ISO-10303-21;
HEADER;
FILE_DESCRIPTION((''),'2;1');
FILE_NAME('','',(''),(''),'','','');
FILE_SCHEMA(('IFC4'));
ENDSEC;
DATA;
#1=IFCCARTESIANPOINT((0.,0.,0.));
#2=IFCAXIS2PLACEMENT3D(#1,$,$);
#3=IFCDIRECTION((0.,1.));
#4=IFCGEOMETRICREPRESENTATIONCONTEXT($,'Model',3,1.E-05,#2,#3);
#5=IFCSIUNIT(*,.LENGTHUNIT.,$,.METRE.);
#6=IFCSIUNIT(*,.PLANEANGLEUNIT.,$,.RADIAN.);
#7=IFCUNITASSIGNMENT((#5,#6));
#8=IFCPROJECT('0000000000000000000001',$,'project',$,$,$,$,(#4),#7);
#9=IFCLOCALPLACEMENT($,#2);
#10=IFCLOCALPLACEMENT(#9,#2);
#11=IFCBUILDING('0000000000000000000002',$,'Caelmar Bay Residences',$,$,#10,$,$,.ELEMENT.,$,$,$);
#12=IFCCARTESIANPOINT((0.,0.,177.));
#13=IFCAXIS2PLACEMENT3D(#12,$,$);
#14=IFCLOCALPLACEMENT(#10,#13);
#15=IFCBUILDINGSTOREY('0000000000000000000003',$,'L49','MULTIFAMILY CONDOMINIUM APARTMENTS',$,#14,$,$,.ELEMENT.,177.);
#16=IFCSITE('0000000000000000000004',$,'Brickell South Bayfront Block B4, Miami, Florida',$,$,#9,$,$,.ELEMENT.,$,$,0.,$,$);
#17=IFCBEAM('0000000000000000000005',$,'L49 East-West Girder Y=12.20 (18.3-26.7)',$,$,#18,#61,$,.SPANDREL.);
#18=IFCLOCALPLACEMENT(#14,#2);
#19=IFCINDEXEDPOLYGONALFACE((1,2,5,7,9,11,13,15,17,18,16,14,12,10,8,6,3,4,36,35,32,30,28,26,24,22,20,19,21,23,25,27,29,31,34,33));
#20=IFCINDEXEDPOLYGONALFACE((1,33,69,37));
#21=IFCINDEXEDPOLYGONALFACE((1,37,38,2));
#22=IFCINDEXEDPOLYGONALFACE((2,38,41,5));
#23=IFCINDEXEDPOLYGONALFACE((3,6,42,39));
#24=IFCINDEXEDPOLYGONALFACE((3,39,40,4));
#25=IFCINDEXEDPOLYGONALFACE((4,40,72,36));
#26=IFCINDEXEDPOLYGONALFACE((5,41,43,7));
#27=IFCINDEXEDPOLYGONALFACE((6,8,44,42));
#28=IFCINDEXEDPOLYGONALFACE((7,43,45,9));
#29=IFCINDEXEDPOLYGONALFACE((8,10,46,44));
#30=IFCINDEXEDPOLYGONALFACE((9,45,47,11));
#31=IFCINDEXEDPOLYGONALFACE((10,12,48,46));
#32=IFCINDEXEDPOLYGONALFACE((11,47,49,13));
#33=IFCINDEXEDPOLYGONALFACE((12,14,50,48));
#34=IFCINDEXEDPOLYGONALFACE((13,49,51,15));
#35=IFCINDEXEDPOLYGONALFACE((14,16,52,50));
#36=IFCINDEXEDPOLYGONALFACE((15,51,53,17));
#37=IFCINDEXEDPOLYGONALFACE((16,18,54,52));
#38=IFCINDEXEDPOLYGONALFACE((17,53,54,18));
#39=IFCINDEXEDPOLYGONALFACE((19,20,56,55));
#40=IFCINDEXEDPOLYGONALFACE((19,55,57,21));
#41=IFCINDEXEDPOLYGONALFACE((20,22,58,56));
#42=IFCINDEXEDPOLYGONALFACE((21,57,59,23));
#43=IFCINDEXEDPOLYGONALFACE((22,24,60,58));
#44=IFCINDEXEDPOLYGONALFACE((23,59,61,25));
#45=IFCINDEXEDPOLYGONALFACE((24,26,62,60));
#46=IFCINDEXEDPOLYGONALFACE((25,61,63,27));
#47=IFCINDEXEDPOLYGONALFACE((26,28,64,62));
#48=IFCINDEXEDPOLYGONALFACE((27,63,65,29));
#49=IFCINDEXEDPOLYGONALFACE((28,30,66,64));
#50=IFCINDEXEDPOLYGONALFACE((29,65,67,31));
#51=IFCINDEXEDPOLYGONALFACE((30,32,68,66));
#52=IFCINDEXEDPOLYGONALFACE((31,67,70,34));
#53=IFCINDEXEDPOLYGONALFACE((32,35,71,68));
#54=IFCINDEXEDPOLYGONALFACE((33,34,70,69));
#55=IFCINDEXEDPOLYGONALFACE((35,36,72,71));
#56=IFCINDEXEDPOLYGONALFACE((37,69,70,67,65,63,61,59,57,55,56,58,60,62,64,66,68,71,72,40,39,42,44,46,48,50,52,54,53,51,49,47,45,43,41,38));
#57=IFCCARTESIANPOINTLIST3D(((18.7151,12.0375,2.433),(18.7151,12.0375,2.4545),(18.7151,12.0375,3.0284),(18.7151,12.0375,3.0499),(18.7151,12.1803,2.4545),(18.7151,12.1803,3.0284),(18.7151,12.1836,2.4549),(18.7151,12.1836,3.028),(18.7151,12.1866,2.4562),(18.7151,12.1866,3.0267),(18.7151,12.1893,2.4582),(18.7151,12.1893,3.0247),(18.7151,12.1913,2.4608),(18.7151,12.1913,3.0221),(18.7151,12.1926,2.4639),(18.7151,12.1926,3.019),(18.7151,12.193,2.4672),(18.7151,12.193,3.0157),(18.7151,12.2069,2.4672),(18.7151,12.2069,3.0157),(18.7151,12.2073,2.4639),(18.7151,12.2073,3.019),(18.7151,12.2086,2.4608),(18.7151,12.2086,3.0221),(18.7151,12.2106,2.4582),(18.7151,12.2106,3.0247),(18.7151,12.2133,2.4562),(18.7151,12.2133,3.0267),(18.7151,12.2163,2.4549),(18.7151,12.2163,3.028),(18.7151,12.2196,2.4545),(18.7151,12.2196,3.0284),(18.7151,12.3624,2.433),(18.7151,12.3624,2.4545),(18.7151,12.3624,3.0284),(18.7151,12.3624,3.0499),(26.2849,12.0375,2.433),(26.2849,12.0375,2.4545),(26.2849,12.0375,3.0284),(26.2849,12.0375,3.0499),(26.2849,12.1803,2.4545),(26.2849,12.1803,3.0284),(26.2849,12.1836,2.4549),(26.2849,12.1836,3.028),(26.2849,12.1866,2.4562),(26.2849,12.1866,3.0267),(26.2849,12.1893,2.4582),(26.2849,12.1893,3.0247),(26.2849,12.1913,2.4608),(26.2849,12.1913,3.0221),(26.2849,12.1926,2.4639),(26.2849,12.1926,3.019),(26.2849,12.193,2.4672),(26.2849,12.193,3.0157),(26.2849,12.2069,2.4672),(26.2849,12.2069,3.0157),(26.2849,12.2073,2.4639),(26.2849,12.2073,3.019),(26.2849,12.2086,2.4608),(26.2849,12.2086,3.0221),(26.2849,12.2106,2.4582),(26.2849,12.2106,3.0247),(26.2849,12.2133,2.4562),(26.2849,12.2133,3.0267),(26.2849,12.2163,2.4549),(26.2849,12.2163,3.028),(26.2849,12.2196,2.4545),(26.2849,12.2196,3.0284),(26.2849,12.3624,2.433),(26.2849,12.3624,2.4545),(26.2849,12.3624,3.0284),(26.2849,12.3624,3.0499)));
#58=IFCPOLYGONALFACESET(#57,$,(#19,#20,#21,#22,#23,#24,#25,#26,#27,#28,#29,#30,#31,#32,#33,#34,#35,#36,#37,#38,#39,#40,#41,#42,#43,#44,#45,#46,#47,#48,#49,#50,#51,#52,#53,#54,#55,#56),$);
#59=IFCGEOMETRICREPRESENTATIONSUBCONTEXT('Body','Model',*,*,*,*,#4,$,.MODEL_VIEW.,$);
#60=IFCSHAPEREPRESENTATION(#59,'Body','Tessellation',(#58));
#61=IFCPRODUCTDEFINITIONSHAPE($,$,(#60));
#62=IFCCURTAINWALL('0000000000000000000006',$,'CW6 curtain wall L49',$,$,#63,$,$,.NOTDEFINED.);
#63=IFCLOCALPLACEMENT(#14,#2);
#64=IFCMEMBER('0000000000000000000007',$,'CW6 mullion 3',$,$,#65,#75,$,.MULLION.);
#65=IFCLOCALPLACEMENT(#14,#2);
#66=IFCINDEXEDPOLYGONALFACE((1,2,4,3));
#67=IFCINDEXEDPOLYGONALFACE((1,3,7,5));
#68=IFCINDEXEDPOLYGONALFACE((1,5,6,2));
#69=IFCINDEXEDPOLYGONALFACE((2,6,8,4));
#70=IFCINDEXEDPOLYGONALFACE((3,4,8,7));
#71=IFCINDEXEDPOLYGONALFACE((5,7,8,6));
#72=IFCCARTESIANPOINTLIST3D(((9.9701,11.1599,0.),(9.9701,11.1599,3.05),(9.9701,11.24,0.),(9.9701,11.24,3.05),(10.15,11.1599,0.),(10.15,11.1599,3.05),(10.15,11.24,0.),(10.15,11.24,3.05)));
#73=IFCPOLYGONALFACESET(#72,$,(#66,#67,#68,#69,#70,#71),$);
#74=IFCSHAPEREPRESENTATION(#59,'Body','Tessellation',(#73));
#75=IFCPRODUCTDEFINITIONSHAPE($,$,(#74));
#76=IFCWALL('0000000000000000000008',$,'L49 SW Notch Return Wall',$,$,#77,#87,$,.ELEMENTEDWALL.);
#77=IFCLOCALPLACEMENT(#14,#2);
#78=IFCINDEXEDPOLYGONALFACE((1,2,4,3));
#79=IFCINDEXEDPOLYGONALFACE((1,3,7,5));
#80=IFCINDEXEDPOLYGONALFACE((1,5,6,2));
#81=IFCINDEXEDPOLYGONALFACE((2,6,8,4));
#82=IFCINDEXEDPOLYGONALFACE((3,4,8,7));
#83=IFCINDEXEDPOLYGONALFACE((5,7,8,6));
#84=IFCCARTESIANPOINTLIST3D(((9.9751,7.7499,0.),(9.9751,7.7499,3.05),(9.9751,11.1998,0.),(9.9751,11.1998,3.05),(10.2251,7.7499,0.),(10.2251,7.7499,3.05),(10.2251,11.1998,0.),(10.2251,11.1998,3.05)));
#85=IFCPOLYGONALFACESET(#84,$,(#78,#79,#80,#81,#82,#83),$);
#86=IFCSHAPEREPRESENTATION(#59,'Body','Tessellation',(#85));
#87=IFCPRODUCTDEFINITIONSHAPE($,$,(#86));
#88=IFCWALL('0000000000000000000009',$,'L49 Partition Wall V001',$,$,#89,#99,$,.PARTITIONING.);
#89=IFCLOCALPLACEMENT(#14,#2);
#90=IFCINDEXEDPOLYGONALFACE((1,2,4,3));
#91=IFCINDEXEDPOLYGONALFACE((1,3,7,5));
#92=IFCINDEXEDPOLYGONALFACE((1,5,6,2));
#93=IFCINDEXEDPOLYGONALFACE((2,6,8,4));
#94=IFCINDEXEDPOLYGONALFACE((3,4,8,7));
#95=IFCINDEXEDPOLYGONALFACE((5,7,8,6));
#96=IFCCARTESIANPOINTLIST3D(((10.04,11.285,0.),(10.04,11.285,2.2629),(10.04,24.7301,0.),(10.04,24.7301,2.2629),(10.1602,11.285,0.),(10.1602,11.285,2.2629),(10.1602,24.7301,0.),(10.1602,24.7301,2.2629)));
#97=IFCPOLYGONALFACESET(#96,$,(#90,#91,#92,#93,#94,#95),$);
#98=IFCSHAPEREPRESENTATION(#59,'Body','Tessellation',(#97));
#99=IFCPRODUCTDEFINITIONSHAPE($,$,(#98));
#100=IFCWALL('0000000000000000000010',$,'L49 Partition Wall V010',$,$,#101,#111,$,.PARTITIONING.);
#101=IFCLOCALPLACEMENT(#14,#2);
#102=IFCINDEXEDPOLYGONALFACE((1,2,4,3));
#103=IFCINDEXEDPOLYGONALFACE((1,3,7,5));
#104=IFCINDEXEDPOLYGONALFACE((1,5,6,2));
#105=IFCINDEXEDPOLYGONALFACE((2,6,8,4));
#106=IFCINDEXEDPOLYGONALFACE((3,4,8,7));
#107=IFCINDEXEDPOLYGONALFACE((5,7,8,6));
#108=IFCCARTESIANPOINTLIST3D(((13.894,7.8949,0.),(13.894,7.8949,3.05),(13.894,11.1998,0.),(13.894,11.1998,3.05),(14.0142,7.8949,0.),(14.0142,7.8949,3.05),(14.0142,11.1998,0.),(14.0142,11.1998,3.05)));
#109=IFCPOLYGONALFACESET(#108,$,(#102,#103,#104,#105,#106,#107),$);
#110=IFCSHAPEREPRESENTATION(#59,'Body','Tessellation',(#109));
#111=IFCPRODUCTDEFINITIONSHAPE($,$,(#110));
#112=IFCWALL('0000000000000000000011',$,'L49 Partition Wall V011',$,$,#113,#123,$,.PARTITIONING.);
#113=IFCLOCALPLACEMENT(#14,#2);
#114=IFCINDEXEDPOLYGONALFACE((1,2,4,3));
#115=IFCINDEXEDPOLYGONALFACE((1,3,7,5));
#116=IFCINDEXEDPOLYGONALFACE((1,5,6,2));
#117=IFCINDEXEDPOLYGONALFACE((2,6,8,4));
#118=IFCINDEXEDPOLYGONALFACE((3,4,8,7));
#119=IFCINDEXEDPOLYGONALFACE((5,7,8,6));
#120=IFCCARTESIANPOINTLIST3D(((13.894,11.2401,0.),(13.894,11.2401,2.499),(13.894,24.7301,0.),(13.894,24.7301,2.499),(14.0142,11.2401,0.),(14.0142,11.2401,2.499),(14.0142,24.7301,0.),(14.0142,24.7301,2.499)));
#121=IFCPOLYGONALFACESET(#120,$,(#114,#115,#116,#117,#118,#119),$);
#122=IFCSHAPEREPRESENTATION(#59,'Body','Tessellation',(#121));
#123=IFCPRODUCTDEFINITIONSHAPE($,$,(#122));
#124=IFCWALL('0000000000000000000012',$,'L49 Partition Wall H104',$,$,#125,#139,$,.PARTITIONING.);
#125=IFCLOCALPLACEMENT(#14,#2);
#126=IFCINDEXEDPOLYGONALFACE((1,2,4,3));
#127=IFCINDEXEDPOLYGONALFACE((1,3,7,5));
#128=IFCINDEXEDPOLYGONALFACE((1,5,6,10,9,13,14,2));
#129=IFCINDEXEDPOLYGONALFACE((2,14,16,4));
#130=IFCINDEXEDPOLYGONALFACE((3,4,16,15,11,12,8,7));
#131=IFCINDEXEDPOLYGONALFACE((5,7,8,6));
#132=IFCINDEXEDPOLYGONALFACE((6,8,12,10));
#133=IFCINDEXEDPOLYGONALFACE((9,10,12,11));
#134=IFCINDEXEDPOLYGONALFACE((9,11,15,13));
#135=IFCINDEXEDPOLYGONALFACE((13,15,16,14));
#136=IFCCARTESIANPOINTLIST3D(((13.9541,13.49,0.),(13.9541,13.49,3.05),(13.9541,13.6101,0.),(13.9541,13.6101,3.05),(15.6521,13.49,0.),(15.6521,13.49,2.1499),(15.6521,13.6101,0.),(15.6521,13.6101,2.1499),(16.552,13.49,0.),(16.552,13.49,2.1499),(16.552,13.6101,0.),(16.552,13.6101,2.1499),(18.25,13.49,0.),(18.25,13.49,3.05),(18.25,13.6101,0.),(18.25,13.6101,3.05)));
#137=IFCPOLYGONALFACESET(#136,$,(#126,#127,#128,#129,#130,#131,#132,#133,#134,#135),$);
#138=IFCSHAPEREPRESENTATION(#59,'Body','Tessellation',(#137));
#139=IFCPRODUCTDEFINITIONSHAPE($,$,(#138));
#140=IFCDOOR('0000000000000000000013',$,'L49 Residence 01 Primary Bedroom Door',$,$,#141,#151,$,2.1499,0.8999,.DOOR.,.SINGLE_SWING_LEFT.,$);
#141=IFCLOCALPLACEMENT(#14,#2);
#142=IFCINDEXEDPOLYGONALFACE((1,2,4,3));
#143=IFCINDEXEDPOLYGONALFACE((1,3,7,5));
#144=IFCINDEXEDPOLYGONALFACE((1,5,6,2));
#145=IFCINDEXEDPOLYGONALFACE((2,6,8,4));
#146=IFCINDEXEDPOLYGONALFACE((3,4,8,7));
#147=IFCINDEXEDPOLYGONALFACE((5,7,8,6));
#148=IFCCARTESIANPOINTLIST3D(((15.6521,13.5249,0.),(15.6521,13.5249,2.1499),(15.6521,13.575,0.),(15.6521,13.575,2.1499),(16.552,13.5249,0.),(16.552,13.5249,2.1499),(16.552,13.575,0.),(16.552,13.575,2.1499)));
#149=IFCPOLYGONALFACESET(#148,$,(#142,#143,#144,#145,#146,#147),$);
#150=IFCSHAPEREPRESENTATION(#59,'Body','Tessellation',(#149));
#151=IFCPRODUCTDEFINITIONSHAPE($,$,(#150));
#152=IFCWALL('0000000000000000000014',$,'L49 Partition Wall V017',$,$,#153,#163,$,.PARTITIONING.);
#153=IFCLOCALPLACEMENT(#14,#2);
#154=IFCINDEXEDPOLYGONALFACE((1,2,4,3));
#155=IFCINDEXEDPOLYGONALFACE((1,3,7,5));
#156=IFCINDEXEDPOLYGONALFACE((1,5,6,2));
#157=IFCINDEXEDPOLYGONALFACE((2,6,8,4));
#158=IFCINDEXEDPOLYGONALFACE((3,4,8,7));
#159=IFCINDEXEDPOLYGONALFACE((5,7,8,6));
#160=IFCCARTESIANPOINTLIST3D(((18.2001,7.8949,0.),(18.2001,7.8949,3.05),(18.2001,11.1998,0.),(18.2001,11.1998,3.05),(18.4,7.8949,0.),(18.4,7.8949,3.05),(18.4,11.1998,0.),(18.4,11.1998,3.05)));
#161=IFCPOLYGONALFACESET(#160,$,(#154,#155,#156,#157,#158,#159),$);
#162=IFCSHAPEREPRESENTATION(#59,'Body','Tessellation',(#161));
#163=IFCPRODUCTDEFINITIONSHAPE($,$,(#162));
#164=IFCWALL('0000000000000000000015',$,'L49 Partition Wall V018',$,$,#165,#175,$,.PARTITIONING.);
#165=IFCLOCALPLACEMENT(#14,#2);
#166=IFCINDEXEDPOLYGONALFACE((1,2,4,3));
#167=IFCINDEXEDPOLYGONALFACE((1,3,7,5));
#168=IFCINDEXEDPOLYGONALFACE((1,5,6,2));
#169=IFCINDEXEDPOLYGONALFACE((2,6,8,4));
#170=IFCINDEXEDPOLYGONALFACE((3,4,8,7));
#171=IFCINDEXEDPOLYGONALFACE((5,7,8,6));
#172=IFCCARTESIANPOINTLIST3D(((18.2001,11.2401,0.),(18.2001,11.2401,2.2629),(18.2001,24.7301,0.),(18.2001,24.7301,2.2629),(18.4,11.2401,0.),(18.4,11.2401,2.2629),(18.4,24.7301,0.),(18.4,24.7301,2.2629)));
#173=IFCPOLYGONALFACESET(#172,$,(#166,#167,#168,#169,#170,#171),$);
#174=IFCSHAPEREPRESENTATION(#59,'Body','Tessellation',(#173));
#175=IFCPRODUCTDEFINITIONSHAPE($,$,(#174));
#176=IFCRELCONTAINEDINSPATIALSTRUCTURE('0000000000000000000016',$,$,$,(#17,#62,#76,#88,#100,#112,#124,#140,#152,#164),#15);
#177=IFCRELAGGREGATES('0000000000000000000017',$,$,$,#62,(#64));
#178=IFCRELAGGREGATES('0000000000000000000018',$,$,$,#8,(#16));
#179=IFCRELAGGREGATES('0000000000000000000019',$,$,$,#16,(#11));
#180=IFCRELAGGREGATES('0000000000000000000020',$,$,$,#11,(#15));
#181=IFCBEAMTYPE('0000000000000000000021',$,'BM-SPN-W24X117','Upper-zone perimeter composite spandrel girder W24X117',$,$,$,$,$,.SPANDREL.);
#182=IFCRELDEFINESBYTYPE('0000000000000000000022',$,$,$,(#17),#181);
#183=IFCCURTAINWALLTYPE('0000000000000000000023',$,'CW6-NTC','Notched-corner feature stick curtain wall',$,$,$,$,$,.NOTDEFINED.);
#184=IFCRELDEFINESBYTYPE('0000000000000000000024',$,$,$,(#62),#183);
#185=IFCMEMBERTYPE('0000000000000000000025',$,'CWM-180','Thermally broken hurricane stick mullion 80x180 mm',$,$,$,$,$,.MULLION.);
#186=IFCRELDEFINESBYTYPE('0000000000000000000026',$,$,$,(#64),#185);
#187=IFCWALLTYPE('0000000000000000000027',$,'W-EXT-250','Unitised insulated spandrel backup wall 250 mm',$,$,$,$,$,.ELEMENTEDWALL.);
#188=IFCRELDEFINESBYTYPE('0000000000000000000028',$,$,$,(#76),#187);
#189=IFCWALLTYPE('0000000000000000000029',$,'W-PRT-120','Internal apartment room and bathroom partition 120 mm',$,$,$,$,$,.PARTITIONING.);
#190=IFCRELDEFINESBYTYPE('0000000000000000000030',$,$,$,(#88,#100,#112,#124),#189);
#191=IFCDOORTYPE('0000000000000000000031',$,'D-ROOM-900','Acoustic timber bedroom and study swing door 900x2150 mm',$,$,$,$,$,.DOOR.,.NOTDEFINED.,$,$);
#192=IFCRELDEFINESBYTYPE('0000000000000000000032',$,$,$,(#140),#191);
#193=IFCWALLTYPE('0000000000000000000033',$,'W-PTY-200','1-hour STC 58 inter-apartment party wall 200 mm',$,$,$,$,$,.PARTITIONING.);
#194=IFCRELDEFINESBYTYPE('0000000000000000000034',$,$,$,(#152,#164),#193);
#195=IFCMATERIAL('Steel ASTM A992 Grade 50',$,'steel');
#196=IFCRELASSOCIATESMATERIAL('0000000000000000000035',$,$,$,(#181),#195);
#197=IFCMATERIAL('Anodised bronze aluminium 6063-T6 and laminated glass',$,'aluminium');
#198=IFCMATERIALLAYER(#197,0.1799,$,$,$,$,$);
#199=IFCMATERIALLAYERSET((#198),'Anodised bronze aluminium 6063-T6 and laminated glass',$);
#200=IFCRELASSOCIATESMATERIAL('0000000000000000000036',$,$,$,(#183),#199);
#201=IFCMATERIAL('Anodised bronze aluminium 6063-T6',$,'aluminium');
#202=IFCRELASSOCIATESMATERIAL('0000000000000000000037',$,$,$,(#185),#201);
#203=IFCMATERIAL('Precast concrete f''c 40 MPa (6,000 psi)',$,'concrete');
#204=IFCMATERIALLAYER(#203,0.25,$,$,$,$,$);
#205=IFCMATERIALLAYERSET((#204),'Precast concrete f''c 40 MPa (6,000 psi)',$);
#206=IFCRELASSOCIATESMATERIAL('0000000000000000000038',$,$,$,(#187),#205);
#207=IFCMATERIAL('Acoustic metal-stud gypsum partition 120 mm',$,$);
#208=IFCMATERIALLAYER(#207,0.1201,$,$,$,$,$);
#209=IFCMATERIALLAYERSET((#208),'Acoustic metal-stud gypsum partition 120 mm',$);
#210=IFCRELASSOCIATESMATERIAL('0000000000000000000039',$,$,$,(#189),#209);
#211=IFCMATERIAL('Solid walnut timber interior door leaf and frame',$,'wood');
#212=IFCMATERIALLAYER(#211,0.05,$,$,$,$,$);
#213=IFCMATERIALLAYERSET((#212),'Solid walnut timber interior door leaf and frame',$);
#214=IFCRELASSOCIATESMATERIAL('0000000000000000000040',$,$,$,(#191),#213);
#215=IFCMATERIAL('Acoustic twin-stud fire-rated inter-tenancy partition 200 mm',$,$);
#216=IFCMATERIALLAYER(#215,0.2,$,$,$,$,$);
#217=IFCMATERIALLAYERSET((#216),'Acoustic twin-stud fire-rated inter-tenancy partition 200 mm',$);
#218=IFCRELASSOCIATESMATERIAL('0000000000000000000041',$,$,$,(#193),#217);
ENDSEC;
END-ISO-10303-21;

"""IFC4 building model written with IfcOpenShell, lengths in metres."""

from ifc_helpers import new_model, si_unit, direction, frame, frame_2d, origin, origin_2d, place, context, subcontext, project, spatial, rectangle, i_section, extrude, material, layer, layer_set, material_profile, profile_set, type_object, element, fill, aggregate, save


model = new_model("IFC4")

# Units and contexts
model_context = context("Model", 3, precision=1e-05, world=origin(), true_north=direction((0.0, 1.0)))
body_context = subcontext(model_context, "Body", "Model", "MODEL_VIEW")
ifc_project = project(units=[si_unit("LENGTHUNIT", "METRE"), si_unit("PLANEANGLEUNIT", "RADIAN")], contexts=[model_context])

# Site, building, storey
site_placement = place(None, origin())
site = spatial("IfcSite", under=ifc_project, at=site_placement, Name="Brickell South Bayfront Block B4, Miami, Florida", CompositionType="ELEMENT", RefElevation=0.0)
building_placement = place(site_placement, origin())
building = spatial("IfcBuilding", under=site, at=building_placement, Name="Caelmar Bay Residences", CompositionType="ELEMENT")
storey_placement = place(building_placement, frame((0.0, 0.0, 177.0)))
storey = spatial("IfcBuildingStorey", under=building, at=storey_placement, Name="L49", Description="MULTIFAMILY CONDOMINIUM APARTMENTS", CompositionType="ELEMENT", Elevation=177.0)

# Beam
ifc_material_1 = material(Name="Steel ASTM A992 Grade 50", Category="steel")
ifc_material_profile_1 = material_profile(ifc_material_1, i_section(OverallWidth=0.325, OverallDepth=0.6169, WebThickness=0.0139, FlangeThickness=0.0215, FilletRadius=0.0127, at=origin_2d()), Name="W24X117")
ifc_profile_set_1 = profile_set([ifc_material_profile_1], Name="Steel ASTM A992 Grade 50")
beam_type_1 = type_object("IfcBeamType", Name="BM-SPN-W24X117", Description="Upper-zone perimeter composite spandrel girder W24X117", PredefinedType="SPANDREL", material=ifc_profile_set_1)
beam_1_placement = place(storey_placement, frame((18.7151, 12.2, 2.7415), z_axis=(1.0, 0.0, 0.0), x_axis=(0.0, 1.0, 0.0)))
element("IfcBeam", 1, at=beam_1_placement, inside=storey, type_object=beam_type_1, Name="L49 East-West Girder Y=12.20 (18.3-26.7)", PredefinedType="SPANDREL", context=body_context, shape_type="SweptSolid", body=[
    extrude(i_section(OverallWidth=0.325, OverallDepth=0.6169, WebThickness=0.0139, FlangeThickness=0.0215, FilletRadius=0.0127, at=origin_2d()), origin(), (0.0, 0.0, 1.0), 7.5698),
])

# Curtain wall, member
ifc_material_2 = material(Name="Anodised bronze aluminium 6063-T6 and laminated glass", Category="aluminium")
ifc_layer_1 = layer(ifc_material_2, 0.1799)
ifc_layer_set_1 = layer_set([ifc_layer_1], Name="Anodised bronze aluminium 6063-T6 and laminated glass")
curtain_wall_type = type_object("IfcCurtainWallType", Name="CW6-NTC", Description="Notched-corner feature stick curtain wall", PredefinedType="NOTDEFINED", material=ifc_layer_set_1)
curtain_wall_placement = place(storey_placement, origin())
curtain_wall = element("IfcCurtainWall", 2, at=curtain_wall_placement, inside=storey, type_object=curtain_wall_type, Name="CW6 curtain wall L49", PredefinedType="NOTDEFINED")
ifc_material_3 = material(Name="Anodised bronze aluminium 6063-T6", Category="aluminium")
ifc_material_profile_2 = material_profile(ifc_material_3, rectangle(XDim=0.0801, YDim=0.1799, at=origin_2d()), Name="CWM-80X180")
ifc_profile_set_2 = profile_set([ifc_material_profile_2], Name="Anodised bronze aluminium 6063-T6")
member_type = type_object("IfcMemberType", Name="CWM-180", Description="Thermally broken hurricane stick mullion 80x180 mm", PredefinedType="MULLION", material=ifc_profile_set_2)
member_placement = place(storey_placement, frame((10.0601, 11.2, 0.0), z_axis=(0.0, 0.0, 1.0), x_axis=(0.0, 1.0, 0.0)))
member = element("IfcMember", 3, at=member_placement, type_object=member_type, Name="CW6 mullion 3", PredefinedType="MULLION", context=body_context, shape_type="SweptSolid", body=[
    extrude(rectangle(XDim=0.0801, YDim=0.1799, at=origin_2d()), origin(), (0.0, 0.0, 1.0), 3.05),
])
aggregate(curtain_wall, [member])

# Walls
ifc_material_4 = material(Name="Precast concrete f'c 40 MPa (6,000 psi)", Category="concrete")
ifc_layer_2 = layer(ifc_material_4, 0.25)
ifc_layer_set_2 = layer_set([ifc_layer_2], Name="Precast concrete f'c 40 MPa (6,000 psi)")
wall_type_1 = type_object("IfcWallType", Name="W-EXT-250", Description="Unitised insulated spandrel backup wall 250 mm", PredefinedType="ELEMENTEDWALL", material=ifc_layer_set_2)
wall_1_placement = place(storey_placement, frame((10.1001, 11.2, 0.0), z_axis=(0.0, 0.0, 1.0), x_axis=(0.0, -1.0, 0.0)))
element("IfcWall", 4, at=wall_1_placement, inside=storey, type_object=wall_type_1, Name="L49 SW Notch Return Wall", PredefinedType="ELEMENTEDWALL", context=body_context, shape_type="SweptSolid", body=[
    extrude(rectangle(XDim=3.45, YDim=0.25, at=frame_2d((1.7251, 0.0))), origin(), (0.0, 0.0, 1.0), 3.05),
])
ifc_material_5 = material(Name="Acoustic metal-stud gypsum partition 120 mm")
ifc_layer_3 = layer(ifc_material_5, 0.1201)
ifc_layer_set_3 = layer_set([ifc_layer_3], Name="Acoustic metal-stud gypsum partition 120 mm")
wall_type_2 = type_object("IfcWallType", Name="W-PRT-120", Description="Internal apartment room and bathroom partition 120 mm", PredefinedType="PARTITIONING", material=ifc_layer_set_3)
wall_2_placement = place(storey_placement, frame((10.1001, 11.2849, 0.0), z_axis=(0.0, 0.0, 1.0), x_axis=(0.0, 1.0, 0.0)))
element("IfcWall", 5, at=wall_2_placement, inside=storey, type_object=wall_type_2, Name="L49 Partition Wall V001", PredefinedType="PARTITIONING", context=body_context, shape_type="SweptSolid", body=[
    extrude(rectangle(XDim=13.4451, YDim=0.1201, at=frame_2d((6.7227, 0.0))), origin(), (0.0, 0.0, 1.0), 2.2629),
])
wall_3_placement = place(storey_placement, frame((13.9541, 7.895, 0.0), z_axis=(0.0, 0.0, 1.0), x_axis=(0.0, 1.0, 0.0)))
element("IfcWall", 6, at=wall_3_placement, inside=storey, type_object=wall_type_2, Name="L49 Partition Wall V010", PredefinedType="PARTITIONING", context=body_context, shape_type="SweptSolid", body=[
    extrude(rectangle(XDim=3.3049, YDim=0.1201, at=frame_2d((1.6523, 0.0))), origin(), (0.0, 0.0, 1.0), 3.05),
])
wall_4_placement = place(storey_placement, frame((13.9541, 11.24, 0.0), z_axis=(0.0, 0.0, 1.0), x_axis=(0.0, 1.0, 0.0)))
element("IfcWall", 7, at=wall_4_placement, inside=storey, type_object=wall_type_2, Name="L49 Partition Wall V011", PredefinedType="PARTITIONING", context=body_context, shape_type="SweptSolid", body=[
    extrude(rectangle(XDim=13.49, YDim=0.1201, at=frame_2d((6.7451, 0.0))), origin(), (0.0, 0.0, 1.0), 2.499),
])

# Wall, opening, door
wall_5_placement = place(storey_placement, frame((13.9541, 13.55, 0.0), z_axis=(0.0, 0.0, 1.0), x_axis=(1.0, 0.0, 0.0)))
wall_5 = element("IfcWall", 8, at=wall_5_placement, inside=storey, type_object=wall_type_2, Name="L49 Partition Wall H104", PredefinedType="PARTITIONING", context=body_context, shape_type="SweptSolid", body=[
    extrude(rectangle(XDim=4.2959, YDim=0.1201, at=frame_2d((2.1479, 0.0))), origin(), (0.0, 0.0, 1.0), 3.05),
])
opening_placement = place(wall_5_placement, frame((1.698, 0.0, 0.0)))
opening = element("IfcOpeningElement", 9, at=opening_placement, cuts=wall_5, PredefinedType="OPENING", context=body_context, shape_type="SweptSolid", body=[
    extrude(rectangle(XDim=0.8999, YDim=2.1499, at=frame_2d((0.45, 1.075))), frame((0.0, 0.0701, 0.0), z_axis=(0.0, -1.0, 0.0), x_axis=(1.0, 0.0, 0.0)), (0.0, 0.0, 1.0), 0.1401),
])
ifc_material_6 = material(Name="Solid walnut timber interior door leaf and frame", Category="wood")
ifc_layer_4 = layer(ifc_material_6, 0.05)
ifc_layer_set_4 = layer_set([ifc_layer_4], Name="Solid walnut timber interior door leaf and frame")
door_type = type_object("IfcDoorType", Name="D-ROOM-900", Description="Acoustic timber bedroom and study swing door 900x2150 mm", OperationType="NOTDEFINED", PredefinedType="DOOR", material=ifc_layer_set_4)
door_placement = place(opening_placement, origin())
door = element("IfcDoor", 10, at=door_placement, inside=storey, type_object=door_type, Name="L49 Residence 01 Primary Bedroom Door", OperationType="SINGLE_SWING_LEFT", OverallHeight=2.1499, OverallWidth=0.8999, PredefinedType="DOOR", context=body_context, shape_type="SweptSolid", body=[
    extrude(rectangle(XDim=0.8999, YDim=2.1499, at=frame_2d((0.45, 1.075))), frame((0.0, 0.0249, 0.0), z_axis=(0.0, -1.0, 0.0), x_axis=(1.0, 0.0, 0.0)), (0.0, 0.0, 1.0), 0.05),
])
fill(opening, door)

# Walls
ifc_material_7 = material(Name="Acoustic twin-stud fire-rated inter-tenancy partition 200 mm")
ifc_layer_5 = layer(ifc_material_7, 0.2)
ifc_layer_set_5 = layer_set([ifc_layer_5], Name="Acoustic twin-stud fire-rated inter-tenancy partition 200 mm")
wall_type_3 = type_object("IfcWallType", Name="W-PTY-200", Description="1-hour STC 58 inter-apartment party wall 200 mm", PredefinedType="PARTITIONING", material=ifc_layer_set_5)
wall_6_placement = place(storey_placement, frame((18.3, 7.895, 0.0), z_axis=(0.0, 0.0, 1.0), x_axis=(0.0, 1.0, 0.0)))
element("IfcWall", 11, at=wall_6_placement, inside=storey, type_object=wall_type_3, Name="L49 Partition Wall V017", PredefinedType="PARTITIONING", context=body_context, shape_type="SweptSolid", body=[
    extrude(rectangle(XDim=3.3049, YDim=0.2, at=frame_2d((1.6523, 0.0))), origin(), (0.0, 0.0, 1.0), 3.05),
])
wall_7_placement = place(storey_placement, frame((18.3, 11.24, 0.0), z_axis=(0.0, 0.0, 1.0), x_axis=(0.0, 1.0, 0.0)))
element("IfcWall", 12, at=wall_7_placement, inside=storey, type_object=wall_type_3, Name="L49 Partition Wall V018", PredefinedType="PARTITIONING", context=body_context, shape_type="SweptSolid", body=[
    extrude(rectangle(XDim=13.49, YDim=0.2, at=frame_2d((6.7451, 0.0))), origin(), (0.0, 0.0, 1.0), 2.2629),
])

save(model, "model.ifc")
